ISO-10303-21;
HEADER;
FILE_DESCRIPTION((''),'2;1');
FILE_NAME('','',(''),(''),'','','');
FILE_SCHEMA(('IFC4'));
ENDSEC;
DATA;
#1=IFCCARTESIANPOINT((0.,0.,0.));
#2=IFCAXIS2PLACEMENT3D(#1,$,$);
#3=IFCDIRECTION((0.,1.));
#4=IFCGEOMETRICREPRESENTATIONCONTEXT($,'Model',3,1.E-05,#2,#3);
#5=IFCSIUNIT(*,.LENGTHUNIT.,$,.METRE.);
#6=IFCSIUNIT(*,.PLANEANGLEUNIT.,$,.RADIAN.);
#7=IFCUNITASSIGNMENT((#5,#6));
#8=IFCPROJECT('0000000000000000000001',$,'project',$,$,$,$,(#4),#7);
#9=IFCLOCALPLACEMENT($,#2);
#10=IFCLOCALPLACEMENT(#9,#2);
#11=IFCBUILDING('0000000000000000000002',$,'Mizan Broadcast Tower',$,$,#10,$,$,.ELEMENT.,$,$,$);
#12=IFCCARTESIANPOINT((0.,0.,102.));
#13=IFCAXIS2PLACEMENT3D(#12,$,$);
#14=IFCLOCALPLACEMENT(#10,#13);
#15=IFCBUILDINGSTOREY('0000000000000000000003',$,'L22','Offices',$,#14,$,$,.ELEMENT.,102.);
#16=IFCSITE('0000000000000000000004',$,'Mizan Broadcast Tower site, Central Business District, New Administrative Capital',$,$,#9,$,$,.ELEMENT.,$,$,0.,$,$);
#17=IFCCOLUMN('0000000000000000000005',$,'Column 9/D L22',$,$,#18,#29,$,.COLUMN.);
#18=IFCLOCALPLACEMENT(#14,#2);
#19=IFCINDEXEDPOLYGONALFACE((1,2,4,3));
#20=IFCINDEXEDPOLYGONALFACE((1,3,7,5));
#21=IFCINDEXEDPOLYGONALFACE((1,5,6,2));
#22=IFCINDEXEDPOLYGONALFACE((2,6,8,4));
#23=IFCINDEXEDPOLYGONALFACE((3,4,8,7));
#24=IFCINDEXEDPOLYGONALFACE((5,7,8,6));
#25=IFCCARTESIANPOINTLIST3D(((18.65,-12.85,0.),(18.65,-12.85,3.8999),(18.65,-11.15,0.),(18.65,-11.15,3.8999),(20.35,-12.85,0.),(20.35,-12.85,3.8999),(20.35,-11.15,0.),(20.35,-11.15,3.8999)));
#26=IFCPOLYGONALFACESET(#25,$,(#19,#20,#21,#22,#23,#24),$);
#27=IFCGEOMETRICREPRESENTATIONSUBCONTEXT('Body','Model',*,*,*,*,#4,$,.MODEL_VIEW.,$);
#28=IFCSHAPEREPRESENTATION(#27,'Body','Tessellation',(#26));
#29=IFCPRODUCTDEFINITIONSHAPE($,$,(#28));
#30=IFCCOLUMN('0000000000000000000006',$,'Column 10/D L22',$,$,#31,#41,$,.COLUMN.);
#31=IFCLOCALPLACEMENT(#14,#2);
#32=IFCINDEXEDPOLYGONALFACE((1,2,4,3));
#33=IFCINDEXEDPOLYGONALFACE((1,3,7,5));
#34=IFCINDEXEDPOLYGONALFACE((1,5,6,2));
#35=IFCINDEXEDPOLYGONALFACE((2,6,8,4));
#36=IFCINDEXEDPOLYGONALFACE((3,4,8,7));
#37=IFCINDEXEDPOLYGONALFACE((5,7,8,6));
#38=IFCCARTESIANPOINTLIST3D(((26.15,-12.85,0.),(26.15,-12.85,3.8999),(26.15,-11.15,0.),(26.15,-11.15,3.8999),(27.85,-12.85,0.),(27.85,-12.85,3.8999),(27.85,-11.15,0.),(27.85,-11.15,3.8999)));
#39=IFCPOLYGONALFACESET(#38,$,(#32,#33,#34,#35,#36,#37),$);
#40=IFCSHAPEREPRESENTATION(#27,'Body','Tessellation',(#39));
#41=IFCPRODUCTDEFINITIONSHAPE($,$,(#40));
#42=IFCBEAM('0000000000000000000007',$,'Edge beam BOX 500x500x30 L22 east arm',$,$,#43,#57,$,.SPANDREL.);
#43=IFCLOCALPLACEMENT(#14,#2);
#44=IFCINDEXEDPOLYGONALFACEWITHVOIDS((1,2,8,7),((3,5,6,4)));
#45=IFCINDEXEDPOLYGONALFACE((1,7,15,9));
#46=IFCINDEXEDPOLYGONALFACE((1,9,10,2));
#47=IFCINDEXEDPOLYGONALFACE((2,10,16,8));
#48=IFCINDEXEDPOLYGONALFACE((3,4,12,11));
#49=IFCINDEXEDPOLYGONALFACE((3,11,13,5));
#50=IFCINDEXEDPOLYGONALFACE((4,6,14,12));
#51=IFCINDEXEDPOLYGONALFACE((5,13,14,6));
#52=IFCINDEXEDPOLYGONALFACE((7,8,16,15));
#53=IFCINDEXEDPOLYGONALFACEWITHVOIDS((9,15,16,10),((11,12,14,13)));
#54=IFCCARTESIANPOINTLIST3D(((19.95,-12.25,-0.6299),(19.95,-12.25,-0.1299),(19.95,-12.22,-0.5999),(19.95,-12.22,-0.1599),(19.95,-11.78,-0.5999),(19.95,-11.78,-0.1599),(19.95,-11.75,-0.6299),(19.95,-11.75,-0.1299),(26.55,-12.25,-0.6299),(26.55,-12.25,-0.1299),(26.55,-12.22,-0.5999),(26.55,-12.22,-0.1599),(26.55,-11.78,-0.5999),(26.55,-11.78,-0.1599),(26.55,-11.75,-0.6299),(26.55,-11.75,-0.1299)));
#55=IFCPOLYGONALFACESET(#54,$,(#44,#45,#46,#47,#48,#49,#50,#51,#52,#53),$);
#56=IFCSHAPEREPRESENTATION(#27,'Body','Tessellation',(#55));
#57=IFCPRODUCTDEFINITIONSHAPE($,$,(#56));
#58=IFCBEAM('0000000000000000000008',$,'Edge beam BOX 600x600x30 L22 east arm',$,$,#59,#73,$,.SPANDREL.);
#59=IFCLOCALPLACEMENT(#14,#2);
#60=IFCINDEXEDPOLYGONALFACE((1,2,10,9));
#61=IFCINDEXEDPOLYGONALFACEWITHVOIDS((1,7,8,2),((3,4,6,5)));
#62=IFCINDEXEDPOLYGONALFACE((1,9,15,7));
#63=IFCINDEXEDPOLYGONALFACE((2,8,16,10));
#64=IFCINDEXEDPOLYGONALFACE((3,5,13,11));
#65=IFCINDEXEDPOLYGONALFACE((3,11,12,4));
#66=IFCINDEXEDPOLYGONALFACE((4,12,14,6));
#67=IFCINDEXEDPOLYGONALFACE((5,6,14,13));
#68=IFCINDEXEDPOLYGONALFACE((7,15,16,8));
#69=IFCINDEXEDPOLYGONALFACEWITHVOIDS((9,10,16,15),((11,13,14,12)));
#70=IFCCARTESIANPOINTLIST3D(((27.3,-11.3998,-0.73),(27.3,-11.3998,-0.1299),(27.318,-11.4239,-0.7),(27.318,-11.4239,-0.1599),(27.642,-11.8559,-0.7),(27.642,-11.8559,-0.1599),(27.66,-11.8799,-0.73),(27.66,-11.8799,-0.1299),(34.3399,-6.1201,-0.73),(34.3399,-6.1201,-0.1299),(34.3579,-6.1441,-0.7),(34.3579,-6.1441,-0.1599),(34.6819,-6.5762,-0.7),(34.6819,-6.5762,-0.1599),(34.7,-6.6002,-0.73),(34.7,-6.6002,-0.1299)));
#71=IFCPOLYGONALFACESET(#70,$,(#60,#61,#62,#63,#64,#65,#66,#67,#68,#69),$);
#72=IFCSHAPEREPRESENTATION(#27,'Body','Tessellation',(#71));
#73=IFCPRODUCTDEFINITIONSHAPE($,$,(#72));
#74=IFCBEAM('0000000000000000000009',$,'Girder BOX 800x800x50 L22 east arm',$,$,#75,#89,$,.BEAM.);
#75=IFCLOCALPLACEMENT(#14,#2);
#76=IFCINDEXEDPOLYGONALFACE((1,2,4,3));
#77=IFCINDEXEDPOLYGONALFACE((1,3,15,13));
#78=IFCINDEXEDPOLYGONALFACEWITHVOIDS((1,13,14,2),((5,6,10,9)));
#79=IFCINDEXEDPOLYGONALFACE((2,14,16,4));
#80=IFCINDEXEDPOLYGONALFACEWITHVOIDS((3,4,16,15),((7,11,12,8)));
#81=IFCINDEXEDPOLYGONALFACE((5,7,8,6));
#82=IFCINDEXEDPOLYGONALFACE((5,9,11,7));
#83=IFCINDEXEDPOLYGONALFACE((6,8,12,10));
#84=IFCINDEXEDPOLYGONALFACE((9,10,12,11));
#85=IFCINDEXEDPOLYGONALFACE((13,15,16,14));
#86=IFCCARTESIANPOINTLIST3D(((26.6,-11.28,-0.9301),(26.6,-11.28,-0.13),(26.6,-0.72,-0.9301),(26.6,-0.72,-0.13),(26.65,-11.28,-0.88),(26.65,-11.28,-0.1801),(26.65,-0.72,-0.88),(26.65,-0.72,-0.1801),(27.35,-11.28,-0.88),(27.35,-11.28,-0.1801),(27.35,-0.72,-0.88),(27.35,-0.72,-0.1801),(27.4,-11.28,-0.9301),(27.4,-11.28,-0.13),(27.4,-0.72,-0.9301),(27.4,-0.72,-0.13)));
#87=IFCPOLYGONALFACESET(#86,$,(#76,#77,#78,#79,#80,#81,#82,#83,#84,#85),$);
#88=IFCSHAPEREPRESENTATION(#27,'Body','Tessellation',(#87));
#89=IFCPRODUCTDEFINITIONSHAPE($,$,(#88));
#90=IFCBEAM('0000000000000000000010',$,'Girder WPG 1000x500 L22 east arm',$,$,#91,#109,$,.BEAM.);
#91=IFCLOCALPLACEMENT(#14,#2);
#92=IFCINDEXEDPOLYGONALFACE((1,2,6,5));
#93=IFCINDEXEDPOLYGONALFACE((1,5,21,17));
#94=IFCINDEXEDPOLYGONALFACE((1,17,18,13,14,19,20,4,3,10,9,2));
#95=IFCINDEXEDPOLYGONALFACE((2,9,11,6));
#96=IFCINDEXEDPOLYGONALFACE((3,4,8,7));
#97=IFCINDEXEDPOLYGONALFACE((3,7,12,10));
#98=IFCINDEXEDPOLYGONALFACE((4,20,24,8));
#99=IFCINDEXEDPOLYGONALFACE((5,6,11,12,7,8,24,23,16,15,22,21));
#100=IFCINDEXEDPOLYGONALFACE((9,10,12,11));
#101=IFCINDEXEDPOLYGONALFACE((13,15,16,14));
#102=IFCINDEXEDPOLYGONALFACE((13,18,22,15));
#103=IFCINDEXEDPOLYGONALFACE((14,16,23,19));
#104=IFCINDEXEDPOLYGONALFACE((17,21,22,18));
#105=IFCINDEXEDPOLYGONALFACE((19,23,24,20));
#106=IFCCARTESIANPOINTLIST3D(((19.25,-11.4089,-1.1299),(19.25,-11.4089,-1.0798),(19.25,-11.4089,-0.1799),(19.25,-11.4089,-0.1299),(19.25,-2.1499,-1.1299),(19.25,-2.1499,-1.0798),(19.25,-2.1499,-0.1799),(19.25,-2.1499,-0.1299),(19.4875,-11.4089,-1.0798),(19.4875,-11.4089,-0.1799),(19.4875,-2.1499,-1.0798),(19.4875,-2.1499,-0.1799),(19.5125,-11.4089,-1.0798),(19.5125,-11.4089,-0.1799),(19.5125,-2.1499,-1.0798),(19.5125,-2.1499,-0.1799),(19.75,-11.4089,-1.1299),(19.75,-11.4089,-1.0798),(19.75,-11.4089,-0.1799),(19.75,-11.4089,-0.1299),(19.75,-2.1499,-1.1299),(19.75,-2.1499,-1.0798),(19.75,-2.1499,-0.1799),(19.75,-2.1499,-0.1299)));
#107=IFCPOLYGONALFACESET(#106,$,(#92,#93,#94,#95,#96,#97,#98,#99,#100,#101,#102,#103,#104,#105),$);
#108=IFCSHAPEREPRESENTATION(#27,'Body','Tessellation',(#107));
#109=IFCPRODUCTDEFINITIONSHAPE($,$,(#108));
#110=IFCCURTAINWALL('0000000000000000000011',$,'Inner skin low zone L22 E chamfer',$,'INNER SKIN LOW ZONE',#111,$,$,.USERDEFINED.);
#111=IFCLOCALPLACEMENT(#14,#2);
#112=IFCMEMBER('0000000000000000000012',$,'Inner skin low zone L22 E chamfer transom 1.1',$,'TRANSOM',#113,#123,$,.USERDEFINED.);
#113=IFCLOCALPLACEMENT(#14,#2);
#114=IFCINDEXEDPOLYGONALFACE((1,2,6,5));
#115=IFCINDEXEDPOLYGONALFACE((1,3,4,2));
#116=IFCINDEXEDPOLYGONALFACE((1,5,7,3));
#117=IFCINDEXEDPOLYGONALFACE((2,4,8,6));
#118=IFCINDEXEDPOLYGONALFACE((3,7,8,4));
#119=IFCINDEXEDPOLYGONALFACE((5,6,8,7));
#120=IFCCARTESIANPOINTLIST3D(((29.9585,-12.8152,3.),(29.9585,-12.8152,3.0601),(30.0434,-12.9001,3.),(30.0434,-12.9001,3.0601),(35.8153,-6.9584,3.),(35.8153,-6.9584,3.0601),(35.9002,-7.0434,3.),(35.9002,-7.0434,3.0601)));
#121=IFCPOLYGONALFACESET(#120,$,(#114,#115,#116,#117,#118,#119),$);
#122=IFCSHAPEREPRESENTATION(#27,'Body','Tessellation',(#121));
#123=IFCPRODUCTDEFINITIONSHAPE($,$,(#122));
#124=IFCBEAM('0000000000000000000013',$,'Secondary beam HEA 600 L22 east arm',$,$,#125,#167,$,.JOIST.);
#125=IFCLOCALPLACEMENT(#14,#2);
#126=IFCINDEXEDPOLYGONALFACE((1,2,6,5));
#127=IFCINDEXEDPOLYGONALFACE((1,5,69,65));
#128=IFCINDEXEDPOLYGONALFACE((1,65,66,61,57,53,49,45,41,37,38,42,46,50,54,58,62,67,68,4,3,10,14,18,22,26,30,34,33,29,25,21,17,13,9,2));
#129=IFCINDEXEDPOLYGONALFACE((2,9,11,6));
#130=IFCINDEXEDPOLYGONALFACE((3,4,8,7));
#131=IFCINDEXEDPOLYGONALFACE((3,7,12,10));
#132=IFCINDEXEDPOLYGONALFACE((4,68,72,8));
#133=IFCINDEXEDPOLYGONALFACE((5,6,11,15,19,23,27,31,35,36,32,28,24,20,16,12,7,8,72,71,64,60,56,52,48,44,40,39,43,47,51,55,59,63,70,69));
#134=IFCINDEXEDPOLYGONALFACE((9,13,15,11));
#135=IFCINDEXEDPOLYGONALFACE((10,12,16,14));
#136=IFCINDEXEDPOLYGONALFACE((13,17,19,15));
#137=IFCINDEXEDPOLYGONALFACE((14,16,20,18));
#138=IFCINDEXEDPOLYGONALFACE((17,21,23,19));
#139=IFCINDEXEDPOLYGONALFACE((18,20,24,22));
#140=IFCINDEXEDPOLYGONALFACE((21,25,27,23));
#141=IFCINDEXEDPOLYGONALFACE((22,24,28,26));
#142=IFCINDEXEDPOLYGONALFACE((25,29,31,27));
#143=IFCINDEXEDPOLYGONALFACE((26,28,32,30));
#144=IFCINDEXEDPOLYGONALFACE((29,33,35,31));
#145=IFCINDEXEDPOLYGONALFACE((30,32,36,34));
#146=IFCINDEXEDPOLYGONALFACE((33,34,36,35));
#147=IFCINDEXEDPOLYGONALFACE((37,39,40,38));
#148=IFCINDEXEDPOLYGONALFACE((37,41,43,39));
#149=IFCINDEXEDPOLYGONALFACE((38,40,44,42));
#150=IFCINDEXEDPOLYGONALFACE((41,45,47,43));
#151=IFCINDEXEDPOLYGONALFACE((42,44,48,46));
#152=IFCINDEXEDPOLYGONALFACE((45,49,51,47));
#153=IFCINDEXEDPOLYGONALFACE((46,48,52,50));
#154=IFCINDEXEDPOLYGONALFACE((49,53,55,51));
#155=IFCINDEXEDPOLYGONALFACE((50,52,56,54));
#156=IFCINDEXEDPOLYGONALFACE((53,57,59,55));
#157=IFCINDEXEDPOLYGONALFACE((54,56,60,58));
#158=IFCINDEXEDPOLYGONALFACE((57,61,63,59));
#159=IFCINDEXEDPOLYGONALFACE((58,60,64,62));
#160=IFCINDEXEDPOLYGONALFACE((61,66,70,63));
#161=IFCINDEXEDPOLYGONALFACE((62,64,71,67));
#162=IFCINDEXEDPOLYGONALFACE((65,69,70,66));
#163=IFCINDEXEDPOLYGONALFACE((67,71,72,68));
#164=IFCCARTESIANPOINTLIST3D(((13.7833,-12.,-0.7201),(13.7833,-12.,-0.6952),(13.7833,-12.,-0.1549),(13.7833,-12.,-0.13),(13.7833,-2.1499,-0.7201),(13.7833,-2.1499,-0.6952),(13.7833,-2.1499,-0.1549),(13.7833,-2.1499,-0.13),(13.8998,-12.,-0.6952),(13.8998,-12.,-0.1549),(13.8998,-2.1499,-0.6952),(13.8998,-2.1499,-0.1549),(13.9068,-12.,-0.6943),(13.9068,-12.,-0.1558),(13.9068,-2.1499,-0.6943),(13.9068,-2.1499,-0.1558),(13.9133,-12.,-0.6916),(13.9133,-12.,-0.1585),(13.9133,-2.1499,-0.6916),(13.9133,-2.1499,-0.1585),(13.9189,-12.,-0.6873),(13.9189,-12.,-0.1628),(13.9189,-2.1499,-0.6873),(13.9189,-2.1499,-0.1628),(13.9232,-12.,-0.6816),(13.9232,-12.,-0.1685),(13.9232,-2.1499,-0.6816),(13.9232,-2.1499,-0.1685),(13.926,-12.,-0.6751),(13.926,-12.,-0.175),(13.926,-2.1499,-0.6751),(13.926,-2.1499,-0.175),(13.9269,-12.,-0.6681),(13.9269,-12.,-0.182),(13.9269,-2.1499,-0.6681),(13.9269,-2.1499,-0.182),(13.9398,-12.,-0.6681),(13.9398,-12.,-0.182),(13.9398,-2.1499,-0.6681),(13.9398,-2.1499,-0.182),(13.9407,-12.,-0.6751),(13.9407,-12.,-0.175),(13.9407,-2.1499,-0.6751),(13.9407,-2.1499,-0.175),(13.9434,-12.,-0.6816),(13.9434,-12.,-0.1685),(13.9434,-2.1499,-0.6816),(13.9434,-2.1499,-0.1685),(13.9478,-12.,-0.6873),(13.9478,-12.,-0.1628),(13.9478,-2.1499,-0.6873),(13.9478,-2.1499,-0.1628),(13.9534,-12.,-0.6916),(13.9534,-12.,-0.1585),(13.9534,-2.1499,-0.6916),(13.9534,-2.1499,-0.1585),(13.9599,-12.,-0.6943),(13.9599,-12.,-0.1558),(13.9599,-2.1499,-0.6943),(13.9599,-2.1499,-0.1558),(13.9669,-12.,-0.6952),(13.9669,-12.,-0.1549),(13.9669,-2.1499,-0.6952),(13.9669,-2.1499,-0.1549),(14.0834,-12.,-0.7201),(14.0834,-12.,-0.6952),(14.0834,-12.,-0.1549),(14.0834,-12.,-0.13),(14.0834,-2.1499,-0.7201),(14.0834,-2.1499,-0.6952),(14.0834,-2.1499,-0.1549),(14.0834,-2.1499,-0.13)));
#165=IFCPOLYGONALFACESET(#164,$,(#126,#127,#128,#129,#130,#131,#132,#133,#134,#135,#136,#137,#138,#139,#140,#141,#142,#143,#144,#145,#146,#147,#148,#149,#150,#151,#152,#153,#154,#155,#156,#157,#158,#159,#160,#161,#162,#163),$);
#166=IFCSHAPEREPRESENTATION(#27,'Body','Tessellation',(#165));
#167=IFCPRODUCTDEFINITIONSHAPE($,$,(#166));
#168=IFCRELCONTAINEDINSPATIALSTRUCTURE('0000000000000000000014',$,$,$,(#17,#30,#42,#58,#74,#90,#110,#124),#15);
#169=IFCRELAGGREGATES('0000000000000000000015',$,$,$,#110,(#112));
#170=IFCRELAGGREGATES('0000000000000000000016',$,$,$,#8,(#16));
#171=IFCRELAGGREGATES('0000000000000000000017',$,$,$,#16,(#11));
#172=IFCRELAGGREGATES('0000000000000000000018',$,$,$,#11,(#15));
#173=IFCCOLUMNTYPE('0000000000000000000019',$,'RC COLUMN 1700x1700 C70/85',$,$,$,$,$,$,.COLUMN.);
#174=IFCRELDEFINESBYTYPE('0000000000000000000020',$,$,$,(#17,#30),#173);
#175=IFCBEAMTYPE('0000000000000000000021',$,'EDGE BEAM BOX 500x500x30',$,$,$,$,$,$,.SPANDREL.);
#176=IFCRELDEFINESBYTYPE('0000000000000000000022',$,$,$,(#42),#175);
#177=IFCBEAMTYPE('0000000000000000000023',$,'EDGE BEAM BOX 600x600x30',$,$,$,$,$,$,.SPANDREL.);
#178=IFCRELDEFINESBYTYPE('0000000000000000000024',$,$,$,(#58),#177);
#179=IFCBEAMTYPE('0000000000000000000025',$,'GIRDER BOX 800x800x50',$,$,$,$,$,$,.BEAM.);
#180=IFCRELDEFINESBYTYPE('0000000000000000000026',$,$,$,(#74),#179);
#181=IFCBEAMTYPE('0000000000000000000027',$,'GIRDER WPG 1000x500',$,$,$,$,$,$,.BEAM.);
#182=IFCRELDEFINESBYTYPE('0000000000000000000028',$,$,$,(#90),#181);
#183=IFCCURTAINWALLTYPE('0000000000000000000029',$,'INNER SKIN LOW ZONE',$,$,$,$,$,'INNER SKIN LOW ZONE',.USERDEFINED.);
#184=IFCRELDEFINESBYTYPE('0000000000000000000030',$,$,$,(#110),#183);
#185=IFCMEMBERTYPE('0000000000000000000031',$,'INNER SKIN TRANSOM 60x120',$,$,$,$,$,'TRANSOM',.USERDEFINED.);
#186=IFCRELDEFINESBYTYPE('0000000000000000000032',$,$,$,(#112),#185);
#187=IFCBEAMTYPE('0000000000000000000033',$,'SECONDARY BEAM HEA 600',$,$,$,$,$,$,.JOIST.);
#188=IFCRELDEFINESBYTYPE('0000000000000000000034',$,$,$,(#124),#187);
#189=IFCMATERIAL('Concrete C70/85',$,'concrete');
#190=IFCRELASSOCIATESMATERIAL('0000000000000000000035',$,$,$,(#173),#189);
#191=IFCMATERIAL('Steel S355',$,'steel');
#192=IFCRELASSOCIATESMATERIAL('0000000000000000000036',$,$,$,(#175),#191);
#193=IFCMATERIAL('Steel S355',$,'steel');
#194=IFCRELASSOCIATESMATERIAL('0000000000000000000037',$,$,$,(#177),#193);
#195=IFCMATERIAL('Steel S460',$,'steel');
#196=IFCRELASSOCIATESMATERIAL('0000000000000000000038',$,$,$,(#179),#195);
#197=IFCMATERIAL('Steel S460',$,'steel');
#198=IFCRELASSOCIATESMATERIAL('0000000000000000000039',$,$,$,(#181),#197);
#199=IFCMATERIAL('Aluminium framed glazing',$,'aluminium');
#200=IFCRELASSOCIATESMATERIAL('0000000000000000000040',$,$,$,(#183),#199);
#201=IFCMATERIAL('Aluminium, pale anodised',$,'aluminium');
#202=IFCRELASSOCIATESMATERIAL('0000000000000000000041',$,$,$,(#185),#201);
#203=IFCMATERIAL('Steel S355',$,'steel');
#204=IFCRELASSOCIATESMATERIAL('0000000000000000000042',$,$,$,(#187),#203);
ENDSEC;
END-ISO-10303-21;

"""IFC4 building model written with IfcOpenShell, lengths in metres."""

from ifc_helpers import new_model, si_unit, direction, frame, origin, origin_2d, place, context, subcontext, project, spatial, rectangle, hollow_rectangle, i_section, extrude, material, material_profile, profile_set, type_object, element, aggregate, save


model = new_model("IFC4")

# Units and contexts
model_context = context("Model", 3, precision=1e-05, world=origin(), true_north=direction((0.0, 1.0)))
body_context = subcontext(model_context, "Body", "Model", "MODEL_VIEW")
ifc_project = project(units=[si_unit("LENGTHUNIT", "METRE"), si_unit("PLANEANGLEUNIT", "RADIAN")], contexts=[model_context])

# Site, building, storey
site_placement = place(None, origin())
site = spatial("IfcSite", under=ifc_project, at=site_placement, Name="Mizan Broadcast Tower site, Central Business District, New Administrative Capital", CompositionType="ELEMENT", RefElevation=0.0)
building_placement = place(site_placement, origin())
building = spatial("IfcBuilding", under=site, at=building_placement, Name="Mizan Broadcast Tower", CompositionType="ELEMENT")
storey_placement = place(building_placement, frame((0.0, 0.0, 102.0)))
storey = spatial("IfcBuildingStorey", under=building, at=storey_placement, Name="L22", Description="Offices", CompositionType="ELEMENT", Elevation=102.0)

# Columns
ifc_material_1 = material(Name="Concrete C70/85", Category="concrete")
ifc_material_profile_1 = material_profile(ifc_material_1, rectangle(XDim=1.7, YDim=1.7, at=origin_2d()), Name="RC 1700x1700")
ifc_profile_set_1 = profile_set([ifc_material_profile_1], Name="Concrete C70/85")
column_type = type_object("IfcColumnType", Name="RC COLUMN 1700x1700 C70/85", PredefinedType="COLUMN", material=ifc_profile_set_1)
for number, where, z_axis, x_axis, name in (
    (1, (19.5, -12.0, 0.0), (0.0, 0.0, 1.0), (1.0, 0.0, 0.0), "Column 9/D L22"),
    (2, (27.0, -12.0, 0.0), (0.0, 0.0, 1.0), (1.0, 0.0, 0.0), "Column 10/D L22"),
):
    element("IfcColumn", number, at=place(storey_placement, frame(where, z_axis=z_axis, x_axis=x_axis)), inside=storey, type_object=column_type, Name=name, PredefinedType="COLUMN", context=body_context, shape_type="SweptSolid", body=[
        extrude(rectangle(XDim=1.7, YDim=1.7, at=origin_2d()), origin(), (0.0, 0.0, 1.0), 3.8999),
    ])

# Beams
ifc_material_2 = material(Name="Steel S355", Category="steel")
ifc_material_profile_2 = material_profile(ifc_material_2, hollow_rectangle(XDim=0.5, YDim=0.5, WallThickness=0.03, at=origin_2d()), Name="BOX 500x500x30")
ifc_profile_set_2 = profile_set([ifc_material_profile_2], Name="Steel S355")
beam_type_1 = type_object("IfcBeamType", Name="EDGE BEAM BOX 500x500x30", PredefinedType="SPANDREL", material=ifc_profile_set_2)
beam_1_placement = place(storey_placement, frame((19.95, -12.0, -0.3799), z_axis=(1.0, 0.0, 0.0), x_axis=(0.0, 1.0, 0.0)))
element("IfcBeam", 3, at=beam_1_placement, inside=storey, type_object=beam_type_1, Name="Edge beam BOX 500x500x30 L22 east arm", PredefinedType="SPANDREL", context=body_context, shape_type="SweptSolid", body=[
    extrude(hollow_rectangle(XDim=0.5, YDim=0.5, WallThickness=0.03, at=origin_2d()), origin(), (0.0, 0.0, 1.0), 6.6001),
])
ifc_material_3 = material(Name="Steel S355", Category="steel")
ifc_material_profile_3 = material_profile(ifc_material_3, hollow_rectangle(XDim=0.6001, YDim=0.6001, WallThickness=0.03, at=origin_2d()), Name="BOX 600x600x30")
ifc_profile_set_3 = profile_set([ifc_material_profile_3], Name="Steel S355")
beam_type_2 = type_object("IfcBeamType", Name="EDGE BEAM BOX 600x600x30", PredefinedType="SPANDREL", material=ifc_profile_set_3)
beam_2_placement = place(storey_placement, frame((27.48, -11.6399, -0.4299), z_axis=(0.800013, 0.599982, 0.0), x_axis=(-0.599982, 0.800013, 0.0)))
element("IfcBeam", 4, at=beam_2_placement, inside=storey, type_object=beam_type_2, Name="Edge beam BOX 600x600x30 L22 east arm", PredefinedType="SPANDREL", context=body_context, shape_type="SweptSolid", body=[
    extrude(hollow_rectangle(XDim=0.6001, YDim=0.6001, WallThickness=0.03, at=origin_2d()), origin(), (0.0, 0.0, 1.0), 8.7998),
])
ifc_material_4 = material(Name="Steel S460", Category="steel")
ifc_material_profile_4 = material_profile(ifc_material_4, hollow_rectangle(XDim=0.8, YDim=0.8, WallThickness=0.05, at=origin_2d()), Name="BOX 800x800x50")
ifc_profile_set_4 = profile_set([ifc_material_profile_4], Name="Steel S460")
beam_type_3 = type_object("IfcBeamType", Name="GIRDER BOX 800x800x50", PredefinedType="BEAM", material=ifc_profile_set_4)
beam_3_placement = place(storey_placement, frame((27.0, -11.28, -0.53), z_axis=(0.0, 1.0, 0.0), x_axis=(-1.0, 0.0, 0.0)))
element("IfcBeam", 5, at=beam_3_placement, inside=storey, type_object=beam_type_3, Name="Girder BOX 800x800x50 L22 east arm", PredefinedType="BEAM", context=body_context, shape_type="SweptSolid", body=[
    extrude(hollow_rectangle(XDim=0.8, YDim=0.8, WallThickness=0.05, at=origin_2d()), origin(), (0.0, 0.0, 1.0), 10.5601),
])
ifc_material_5 = material(Name="Steel S460", Category="steel")
ifc_material_profile_5 = material_profile(ifc_material_5, i_section(OverallWidth=0.5, OverallDepth=1.0, WebThickness=0.0249, FlangeThickness=0.05, at=origin_2d()), Name="WPG 1000x500")
ifc_profile_set_5 = profile_set([ifc_material_profile_5], Name="Steel S460")
beam_type_4 = type_object("IfcBeamType", Name="GIRDER WPG 1000x500", PredefinedType="BEAM", material=ifc_profile_set_5)
beam_4_placement = place(storey_placement, frame((19.5, -11.4089, -0.6299), z_axis=(0.0, 1.0, 0.0), x_axis=(-1.0, 0.0, 0.0)))
element("IfcBeam", 6, at=beam_4_placement, inside=storey, type_object=beam_type_4, Name="Girder WPG 1000x500 L22 east arm", PredefinedType="BEAM", context=body_context, shape_type="SweptSolid", body=[
    extrude(i_section(OverallWidth=0.5, OverallDepth=1.0, WebThickness=0.0249, FlangeThickness=0.05, at=origin_2d()), origin(), (0.0, 0.0, 1.0), 9.259),
])

# Curtain wall, member
ifc_material_6 = material(Name="Aluminium framed glazing", Category="aluminium")
curtain_wall_type_1 = type_object("IfcCurtainWallType", Name="INNER SKIN LOW ZONE", ElementType="INNER SKIN LOW ZONE", PredefinedType="USERDEFINED", material=ifc_material_6)
curtain_wall_1_placement = place(storey_placement, origin())
curtain_wall_1 = element("IfcCurtainWall", 7, at=curtain_wall_1_placement, inside=storey, type_object=curtain_wall_type_1, Name="Inner skin low zone L22 E chamfer", ObjectType="INNER SKIN LOW ZONE", PredefinedType="USERDEFINED")
ifc_material_7 = material(Name="Aluminium, pale anodised", Category="aluminium")
ifc_material_profile_6 = material_profile(ifc_material_7, rectangle(XDim=0.1201, YDim=0.0601, at=origin_2d()), Name="TRANSOM 120x60")
ifc_profile_set_6 = profile_set([ifc_material_profile_6], Name="Aluminium, pale anodised")
member_type = type_object("IfcMemberType", Name="INNER SKIN TRANSOM 60x120", ElementType="TRANSOM", PredefinedType="USERDEFINED", material=ifc_profile_set_6)
member_placement = place(storey_placement, frame((30.001, -12.8577, 3.03), z_axis=(0.707107, 0.707107, 0.0), x_axis=(-0.707107, 0.707107, 0.0)))
member = element("IfcMember", 8, at=member_placement, type_object=member_type, Name="Inner skin low zone L22 E chamfer transom 1.1", ObjectType="TRANSOM", PredefinedType="USERDEFINED", context=body_context, shape_type="SweptSolid", body=[
    extrude(rectangle(XDim=0.1201, YDim=0.0601, at=origin_2d()), origin(), (0.0, 0.0, 1.0), 8.2827),
])
aggregate(curtain_wall_1, [member])

# Beam
ifc_material_8 = material(Name="Steel S355", Category="steel")
ifc_material_profile_7 = material_profile(ifc_material_8, i_section(OverallWidth=0.3, OverallDepth=0.5901, WebThickness=0.0129, FlangeThickness=0.0249, FilletRadius=0.0271, at=origin_2d()), Name="HEA 600")
ifc_profile_set_7 = profile_set([ifc_material_profile_7], Name="Steel S355")
beam_type_5 = type_object("IfcBeamType", Name="SECONDARY BEAM HEA 600", PredefinedType="JOIST", material=ifc_profile_set_7)
for number, where, z_axis, x_axis, name in (
    (9, (13.9333, -12.0, -0.425), (0.0, 1.0, 0.0), (-1.0, 0.0, 0.0), "Secondary beam HEA 600 L22 east arm"),
):
    element("IfcBeam", number, at=place(storey_placement, frame(where, z_axis=z_axis, x_axis=x_axis)), inside=storey, type_object=beam_type_5, Name=name, PredefinedType="JOIST", context=body_context, shape_type="SweptSolid", body=[
        extrude(i_section(OverallWidth=0.3, OverallDepth=0.5901, WebThickness=0.0129, FlangeThickness=0.0249, FilletRadius=0.0271, at=origin_2d()), origin(), (0.0, 0.0, 1.0), 9.8501),
    ])

save(model, "model.ifc")
